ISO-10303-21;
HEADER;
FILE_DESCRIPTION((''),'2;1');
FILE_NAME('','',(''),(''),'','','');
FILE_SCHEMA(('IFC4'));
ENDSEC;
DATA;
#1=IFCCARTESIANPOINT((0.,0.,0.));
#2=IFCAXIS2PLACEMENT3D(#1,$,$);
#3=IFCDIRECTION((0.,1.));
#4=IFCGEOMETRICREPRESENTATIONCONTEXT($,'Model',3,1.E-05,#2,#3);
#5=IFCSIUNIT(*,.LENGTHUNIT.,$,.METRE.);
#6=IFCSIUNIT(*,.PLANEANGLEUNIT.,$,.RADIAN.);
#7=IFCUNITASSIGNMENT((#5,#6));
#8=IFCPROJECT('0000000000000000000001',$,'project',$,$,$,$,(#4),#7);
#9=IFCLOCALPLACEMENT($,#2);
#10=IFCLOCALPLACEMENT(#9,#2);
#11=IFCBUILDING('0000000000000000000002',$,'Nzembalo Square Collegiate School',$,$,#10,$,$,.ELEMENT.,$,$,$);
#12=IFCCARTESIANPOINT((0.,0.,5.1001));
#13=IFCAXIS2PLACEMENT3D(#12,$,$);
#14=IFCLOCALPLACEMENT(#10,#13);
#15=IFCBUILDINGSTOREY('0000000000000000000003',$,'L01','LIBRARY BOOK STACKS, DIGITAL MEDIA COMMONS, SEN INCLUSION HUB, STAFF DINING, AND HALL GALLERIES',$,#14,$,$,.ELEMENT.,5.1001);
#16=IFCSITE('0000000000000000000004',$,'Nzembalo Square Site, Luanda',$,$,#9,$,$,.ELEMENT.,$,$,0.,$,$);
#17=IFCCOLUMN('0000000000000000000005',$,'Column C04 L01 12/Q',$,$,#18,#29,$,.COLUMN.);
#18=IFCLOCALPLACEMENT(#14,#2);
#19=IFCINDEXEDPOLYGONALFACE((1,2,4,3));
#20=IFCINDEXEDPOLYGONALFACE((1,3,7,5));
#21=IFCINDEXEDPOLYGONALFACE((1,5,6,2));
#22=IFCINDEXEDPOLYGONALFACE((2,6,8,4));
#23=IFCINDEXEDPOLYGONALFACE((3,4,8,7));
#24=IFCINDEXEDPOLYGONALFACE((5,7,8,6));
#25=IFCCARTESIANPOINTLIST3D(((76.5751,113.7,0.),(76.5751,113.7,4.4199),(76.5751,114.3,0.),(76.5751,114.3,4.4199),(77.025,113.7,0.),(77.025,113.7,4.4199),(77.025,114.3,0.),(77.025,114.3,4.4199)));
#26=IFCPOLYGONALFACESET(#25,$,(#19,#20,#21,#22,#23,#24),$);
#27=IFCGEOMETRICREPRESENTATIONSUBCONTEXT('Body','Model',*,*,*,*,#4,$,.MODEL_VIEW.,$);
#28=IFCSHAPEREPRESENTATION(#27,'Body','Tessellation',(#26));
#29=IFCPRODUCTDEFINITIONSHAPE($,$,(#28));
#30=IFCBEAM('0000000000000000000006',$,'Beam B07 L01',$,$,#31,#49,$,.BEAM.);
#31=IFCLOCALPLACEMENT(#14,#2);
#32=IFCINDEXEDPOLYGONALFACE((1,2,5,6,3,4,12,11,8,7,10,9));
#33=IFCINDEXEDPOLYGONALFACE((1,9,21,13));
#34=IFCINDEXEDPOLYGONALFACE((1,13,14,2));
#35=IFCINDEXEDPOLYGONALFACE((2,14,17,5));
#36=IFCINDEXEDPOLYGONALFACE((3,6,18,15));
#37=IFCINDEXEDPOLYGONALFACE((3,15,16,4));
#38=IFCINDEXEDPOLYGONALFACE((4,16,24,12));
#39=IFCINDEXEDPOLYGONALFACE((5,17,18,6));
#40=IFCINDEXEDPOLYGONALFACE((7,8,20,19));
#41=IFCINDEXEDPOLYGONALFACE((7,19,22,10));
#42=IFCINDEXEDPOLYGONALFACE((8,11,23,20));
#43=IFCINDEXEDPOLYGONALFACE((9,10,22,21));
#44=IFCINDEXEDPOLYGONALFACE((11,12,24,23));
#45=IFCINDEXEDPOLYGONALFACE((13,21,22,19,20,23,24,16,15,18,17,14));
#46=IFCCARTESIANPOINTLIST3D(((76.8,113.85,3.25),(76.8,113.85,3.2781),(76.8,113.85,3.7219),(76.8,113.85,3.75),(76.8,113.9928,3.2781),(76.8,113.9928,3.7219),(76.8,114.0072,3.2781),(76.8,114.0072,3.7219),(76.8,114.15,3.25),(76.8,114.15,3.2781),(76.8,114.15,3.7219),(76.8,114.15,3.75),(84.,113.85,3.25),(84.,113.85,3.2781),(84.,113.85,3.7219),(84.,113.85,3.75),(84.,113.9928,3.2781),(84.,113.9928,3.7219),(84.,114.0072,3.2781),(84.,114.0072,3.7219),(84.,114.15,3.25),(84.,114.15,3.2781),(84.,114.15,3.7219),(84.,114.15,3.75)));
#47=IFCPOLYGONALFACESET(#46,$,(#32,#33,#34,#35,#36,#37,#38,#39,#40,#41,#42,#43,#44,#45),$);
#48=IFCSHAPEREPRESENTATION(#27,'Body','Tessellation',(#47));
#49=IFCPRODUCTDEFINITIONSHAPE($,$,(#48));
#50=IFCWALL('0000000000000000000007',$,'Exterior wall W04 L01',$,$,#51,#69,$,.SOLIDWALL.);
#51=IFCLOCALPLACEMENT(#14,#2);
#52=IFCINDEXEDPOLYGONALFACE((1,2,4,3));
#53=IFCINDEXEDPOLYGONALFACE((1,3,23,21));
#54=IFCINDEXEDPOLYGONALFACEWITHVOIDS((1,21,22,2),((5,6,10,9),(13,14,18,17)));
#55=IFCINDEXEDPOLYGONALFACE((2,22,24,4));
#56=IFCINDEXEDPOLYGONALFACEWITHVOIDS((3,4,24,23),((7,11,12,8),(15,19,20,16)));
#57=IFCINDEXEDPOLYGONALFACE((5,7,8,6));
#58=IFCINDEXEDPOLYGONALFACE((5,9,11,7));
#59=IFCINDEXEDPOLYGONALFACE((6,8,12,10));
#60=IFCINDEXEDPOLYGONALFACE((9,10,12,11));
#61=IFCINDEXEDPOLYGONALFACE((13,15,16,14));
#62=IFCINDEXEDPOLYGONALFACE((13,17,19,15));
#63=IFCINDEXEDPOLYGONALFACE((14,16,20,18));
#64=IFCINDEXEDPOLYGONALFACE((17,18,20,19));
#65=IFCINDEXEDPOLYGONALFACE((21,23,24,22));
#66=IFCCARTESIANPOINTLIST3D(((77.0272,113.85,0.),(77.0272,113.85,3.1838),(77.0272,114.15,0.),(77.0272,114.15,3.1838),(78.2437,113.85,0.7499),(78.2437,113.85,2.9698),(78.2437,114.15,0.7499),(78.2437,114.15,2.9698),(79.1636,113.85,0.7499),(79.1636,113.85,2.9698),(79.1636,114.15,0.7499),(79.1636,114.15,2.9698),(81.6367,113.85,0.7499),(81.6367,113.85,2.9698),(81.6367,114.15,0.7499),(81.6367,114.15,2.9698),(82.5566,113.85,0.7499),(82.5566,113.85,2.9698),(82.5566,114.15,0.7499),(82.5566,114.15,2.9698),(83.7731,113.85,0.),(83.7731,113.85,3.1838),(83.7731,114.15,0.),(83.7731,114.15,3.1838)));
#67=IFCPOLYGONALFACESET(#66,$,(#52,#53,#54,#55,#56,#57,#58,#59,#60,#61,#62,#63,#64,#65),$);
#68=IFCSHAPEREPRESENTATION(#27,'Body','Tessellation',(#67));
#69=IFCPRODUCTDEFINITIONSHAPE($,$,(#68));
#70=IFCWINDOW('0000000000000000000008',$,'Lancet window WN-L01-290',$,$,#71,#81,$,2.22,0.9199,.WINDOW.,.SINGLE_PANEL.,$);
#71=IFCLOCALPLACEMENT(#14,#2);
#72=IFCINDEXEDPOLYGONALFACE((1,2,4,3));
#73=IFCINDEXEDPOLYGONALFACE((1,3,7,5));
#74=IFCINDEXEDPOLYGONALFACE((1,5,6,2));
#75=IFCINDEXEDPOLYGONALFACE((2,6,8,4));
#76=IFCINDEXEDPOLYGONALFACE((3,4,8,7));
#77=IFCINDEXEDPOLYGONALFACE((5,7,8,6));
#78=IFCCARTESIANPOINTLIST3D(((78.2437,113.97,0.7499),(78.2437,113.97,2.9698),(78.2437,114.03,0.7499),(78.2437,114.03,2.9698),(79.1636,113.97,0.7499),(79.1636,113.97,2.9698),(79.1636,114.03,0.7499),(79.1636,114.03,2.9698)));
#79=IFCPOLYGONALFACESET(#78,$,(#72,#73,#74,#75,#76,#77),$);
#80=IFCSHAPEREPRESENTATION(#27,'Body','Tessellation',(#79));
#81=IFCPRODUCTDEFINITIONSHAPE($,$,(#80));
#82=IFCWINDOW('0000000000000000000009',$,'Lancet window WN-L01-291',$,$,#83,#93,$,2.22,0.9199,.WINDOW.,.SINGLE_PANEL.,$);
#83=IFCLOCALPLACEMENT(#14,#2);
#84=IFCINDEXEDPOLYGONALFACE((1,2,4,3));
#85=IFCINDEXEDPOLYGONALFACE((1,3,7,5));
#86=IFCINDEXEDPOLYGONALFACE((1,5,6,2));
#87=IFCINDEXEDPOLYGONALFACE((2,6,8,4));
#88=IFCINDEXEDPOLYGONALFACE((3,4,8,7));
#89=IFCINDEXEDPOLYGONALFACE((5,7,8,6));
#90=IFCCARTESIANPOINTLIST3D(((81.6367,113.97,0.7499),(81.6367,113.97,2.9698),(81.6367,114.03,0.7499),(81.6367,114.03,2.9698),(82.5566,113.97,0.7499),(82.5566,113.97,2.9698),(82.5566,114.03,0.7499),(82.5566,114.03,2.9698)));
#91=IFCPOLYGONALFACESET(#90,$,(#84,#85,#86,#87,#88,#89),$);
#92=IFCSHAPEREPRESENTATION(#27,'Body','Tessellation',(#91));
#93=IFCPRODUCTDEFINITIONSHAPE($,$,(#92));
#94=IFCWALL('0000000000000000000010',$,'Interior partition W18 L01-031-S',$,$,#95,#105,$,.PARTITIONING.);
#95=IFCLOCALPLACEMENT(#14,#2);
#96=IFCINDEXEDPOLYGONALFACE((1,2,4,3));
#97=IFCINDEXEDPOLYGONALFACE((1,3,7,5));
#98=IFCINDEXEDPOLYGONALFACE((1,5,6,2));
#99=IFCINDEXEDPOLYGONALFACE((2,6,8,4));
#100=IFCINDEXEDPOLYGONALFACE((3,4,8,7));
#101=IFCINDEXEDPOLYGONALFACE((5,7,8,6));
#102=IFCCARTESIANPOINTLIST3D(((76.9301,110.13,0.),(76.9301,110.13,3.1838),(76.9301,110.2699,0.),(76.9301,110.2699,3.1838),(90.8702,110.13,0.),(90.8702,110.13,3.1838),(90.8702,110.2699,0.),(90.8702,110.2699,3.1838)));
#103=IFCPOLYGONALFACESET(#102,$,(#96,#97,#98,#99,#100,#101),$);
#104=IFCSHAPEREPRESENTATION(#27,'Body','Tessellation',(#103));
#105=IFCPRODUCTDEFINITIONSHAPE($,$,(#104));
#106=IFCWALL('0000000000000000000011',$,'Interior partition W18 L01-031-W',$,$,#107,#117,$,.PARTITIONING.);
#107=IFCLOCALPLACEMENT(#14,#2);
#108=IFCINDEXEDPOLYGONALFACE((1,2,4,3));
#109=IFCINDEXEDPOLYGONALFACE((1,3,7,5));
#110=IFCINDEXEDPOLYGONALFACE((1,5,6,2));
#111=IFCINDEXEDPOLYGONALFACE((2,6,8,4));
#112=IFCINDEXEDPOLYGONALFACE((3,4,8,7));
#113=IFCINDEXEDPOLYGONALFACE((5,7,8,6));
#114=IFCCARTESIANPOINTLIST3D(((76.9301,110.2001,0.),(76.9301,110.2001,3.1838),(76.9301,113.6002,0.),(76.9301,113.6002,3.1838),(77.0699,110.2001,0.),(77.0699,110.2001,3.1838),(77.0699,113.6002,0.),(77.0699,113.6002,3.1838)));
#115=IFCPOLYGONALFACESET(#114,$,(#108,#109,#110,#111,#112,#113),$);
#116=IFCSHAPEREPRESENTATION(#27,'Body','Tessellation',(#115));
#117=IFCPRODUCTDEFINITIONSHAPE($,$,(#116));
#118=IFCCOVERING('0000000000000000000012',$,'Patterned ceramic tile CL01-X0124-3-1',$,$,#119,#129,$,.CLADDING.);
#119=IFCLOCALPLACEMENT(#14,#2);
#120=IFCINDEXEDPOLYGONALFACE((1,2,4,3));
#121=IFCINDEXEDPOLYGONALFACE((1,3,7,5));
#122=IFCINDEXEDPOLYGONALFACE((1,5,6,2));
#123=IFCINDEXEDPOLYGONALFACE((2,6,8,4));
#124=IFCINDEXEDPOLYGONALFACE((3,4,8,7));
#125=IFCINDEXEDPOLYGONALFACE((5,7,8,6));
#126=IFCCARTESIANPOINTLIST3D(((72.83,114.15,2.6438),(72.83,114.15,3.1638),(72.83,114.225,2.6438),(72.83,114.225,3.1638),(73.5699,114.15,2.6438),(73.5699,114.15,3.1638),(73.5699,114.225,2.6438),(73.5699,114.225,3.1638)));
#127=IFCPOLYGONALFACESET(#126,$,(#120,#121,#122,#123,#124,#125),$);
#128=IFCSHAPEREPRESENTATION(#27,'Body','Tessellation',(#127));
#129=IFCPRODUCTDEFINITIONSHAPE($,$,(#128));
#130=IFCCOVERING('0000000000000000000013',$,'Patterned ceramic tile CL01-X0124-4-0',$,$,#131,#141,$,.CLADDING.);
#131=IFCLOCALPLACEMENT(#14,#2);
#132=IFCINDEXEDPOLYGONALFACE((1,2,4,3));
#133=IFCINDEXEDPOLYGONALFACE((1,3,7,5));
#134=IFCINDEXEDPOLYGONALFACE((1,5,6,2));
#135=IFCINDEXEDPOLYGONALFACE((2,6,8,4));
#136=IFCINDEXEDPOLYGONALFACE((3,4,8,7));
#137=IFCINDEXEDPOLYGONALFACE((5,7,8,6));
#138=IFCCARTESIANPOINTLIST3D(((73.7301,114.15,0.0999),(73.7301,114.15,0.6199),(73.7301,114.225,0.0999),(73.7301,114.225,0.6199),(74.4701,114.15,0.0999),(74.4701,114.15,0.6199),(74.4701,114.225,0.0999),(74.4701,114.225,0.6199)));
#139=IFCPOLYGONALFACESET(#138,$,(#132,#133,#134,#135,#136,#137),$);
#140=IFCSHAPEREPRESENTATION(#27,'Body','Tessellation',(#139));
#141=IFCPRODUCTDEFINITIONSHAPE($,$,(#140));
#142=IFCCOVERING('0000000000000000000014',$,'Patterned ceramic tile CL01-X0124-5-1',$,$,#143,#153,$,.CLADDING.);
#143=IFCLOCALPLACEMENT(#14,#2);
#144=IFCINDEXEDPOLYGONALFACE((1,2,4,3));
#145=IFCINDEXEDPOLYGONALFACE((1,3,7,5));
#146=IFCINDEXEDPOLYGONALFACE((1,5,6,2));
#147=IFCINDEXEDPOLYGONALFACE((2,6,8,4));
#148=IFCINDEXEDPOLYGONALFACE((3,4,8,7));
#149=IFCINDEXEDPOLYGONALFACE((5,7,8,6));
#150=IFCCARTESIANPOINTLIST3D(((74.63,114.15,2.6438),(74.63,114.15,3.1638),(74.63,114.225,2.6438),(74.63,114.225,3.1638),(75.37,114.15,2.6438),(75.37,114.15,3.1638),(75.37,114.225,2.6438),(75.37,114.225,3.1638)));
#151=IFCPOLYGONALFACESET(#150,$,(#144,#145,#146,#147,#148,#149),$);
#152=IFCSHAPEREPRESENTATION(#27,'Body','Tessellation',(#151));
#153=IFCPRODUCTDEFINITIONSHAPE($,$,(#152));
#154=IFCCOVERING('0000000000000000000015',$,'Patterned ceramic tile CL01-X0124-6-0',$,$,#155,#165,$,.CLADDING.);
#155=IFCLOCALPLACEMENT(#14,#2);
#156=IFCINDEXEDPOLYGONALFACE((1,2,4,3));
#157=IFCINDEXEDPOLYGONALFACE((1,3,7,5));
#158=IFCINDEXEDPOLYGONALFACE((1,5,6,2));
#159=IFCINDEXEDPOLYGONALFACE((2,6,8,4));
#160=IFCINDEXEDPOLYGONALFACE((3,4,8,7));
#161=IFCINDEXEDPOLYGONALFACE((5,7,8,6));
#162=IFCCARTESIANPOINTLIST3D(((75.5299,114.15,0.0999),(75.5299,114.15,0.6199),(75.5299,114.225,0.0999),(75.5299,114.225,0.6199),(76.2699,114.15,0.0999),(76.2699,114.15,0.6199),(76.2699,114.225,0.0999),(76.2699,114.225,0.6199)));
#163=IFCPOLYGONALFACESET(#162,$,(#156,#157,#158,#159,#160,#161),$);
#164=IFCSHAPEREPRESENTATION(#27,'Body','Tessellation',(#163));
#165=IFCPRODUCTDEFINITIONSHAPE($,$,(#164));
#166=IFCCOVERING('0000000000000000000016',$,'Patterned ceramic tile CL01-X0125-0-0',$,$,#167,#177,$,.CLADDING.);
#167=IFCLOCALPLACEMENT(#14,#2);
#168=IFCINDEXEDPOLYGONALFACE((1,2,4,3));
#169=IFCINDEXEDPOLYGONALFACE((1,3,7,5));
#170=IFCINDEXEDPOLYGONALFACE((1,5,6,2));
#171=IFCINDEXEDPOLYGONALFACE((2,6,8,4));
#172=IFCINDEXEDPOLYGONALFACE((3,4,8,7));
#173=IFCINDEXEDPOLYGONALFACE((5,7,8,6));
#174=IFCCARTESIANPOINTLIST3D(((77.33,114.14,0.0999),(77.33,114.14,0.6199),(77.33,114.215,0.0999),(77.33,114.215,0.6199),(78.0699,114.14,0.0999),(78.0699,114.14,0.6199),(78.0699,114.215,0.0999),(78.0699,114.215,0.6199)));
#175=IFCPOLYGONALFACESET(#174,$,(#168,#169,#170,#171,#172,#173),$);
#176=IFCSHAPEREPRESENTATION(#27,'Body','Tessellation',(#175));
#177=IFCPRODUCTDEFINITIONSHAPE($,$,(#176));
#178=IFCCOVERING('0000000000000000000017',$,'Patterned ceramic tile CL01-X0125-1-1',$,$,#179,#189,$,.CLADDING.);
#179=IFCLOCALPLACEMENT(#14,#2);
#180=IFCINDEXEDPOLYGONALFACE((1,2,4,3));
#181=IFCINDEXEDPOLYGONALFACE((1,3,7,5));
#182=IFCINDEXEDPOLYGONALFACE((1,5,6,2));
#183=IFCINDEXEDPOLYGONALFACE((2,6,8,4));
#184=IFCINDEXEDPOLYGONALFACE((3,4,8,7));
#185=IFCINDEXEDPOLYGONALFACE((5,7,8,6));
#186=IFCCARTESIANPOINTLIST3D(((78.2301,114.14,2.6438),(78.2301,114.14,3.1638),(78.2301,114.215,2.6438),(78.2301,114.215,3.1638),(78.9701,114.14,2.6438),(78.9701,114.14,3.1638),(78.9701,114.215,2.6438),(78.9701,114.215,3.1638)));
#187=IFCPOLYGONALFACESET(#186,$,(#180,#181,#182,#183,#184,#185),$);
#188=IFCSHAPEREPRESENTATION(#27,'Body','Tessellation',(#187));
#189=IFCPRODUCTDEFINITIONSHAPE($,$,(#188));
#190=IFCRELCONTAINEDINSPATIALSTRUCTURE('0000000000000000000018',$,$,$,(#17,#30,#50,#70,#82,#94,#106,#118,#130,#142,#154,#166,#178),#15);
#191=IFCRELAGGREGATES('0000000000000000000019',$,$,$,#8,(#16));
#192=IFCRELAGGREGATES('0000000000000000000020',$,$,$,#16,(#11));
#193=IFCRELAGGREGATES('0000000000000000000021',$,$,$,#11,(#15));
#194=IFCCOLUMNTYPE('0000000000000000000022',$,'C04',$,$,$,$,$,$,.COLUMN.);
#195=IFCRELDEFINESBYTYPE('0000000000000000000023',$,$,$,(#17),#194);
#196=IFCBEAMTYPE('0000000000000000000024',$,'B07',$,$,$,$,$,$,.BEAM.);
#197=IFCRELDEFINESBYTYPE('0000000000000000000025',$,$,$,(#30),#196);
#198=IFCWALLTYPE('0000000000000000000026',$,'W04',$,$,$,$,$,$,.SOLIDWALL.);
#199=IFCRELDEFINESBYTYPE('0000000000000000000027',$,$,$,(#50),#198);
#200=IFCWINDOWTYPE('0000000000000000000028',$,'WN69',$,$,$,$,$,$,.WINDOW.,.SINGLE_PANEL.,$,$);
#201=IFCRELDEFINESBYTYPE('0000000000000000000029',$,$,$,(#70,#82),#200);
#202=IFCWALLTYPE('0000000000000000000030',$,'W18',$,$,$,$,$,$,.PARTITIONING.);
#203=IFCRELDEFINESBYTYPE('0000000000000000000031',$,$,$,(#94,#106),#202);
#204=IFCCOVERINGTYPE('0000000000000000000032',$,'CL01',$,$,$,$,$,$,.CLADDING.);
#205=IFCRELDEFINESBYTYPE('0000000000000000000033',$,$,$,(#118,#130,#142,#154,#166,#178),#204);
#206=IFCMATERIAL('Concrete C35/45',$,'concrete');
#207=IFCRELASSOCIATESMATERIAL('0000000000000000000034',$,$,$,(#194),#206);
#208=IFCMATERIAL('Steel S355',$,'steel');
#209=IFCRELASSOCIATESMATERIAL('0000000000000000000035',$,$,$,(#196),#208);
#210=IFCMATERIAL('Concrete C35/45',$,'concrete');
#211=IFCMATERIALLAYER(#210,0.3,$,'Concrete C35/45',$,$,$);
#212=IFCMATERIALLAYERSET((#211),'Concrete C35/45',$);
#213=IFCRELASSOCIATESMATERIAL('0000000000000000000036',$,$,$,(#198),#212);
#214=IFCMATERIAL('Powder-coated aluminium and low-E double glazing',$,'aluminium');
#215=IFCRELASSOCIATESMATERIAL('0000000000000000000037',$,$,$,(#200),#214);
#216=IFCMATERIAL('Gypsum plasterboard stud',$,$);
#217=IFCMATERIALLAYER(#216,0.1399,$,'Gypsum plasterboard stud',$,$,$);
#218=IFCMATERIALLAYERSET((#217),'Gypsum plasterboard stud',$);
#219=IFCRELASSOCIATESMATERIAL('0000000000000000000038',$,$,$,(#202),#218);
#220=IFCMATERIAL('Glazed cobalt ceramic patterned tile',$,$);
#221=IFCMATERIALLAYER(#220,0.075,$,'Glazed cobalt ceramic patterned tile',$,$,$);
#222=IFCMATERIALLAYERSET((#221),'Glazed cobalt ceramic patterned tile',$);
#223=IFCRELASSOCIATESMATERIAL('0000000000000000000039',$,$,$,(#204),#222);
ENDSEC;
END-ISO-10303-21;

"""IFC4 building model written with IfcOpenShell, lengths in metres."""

from ifc_helpers import new_model, si_unit, direction, frame, frame_2d, origin, origin_2d, place, context, subcontext, project, spatial, rectangle, i_section, extrude, material, layer, layer_set, material_profile, profile_set, type_object, element, fill, save


model = new_model("IFC4")

# Units and contexts
model_context = context("Model", 3, precision=1e-05, world=origin(), true_north=direction((0.0, 1.0)))
body_context = subcontext(model_context, "Body", "Model", "MODEL_VIEW")
ifc_project = project(units=[si_unit("LENGTHUNIT", "METRE"), si_unit("PLANEANGLEUNIT", "RADIAN")], contexts=[model_context])

# Site, building, storey
site_placement = place(None, origin())
site = spatial("IfcSite", under=ifc_project, at=site_placement, Name="Nzembalo Square Site, Luanda", CompositionType="ELEMENT", RefElevation=0.0)
building_placement = place(site_placement, origin())
building = spatial("IfcBuilding", under=site, at=building_placement, Name="Nzembalo Square Collegiate School", CompositionType="ELEMENT")
storey_placement = place(building_placement, frame((0.0, 0.0, 5.1001)))
storey = spatial("IfcBuildingStorey", under=building, at=storey_placement, Name="L01", Description="LIBRARY BOOK STACKS, DIGITAL MEDIA COMMONS, SEN INCLUSION HUB, STAFF DINING, AND HALL GALLERIES", CompositionType="ELEMENT", Elevation=5.1001)

# Column
ifc_material_1 = material(Name="Concrete C35/45", Category="concrete")
ifc_material_profile_1 = material_profile(ifc_material_1, rectangle(XDim=0.45, YDim=0.6001, at=origin_2d()), Name="RC 450x600")
ifc_profile_set_1 = profile_set([ifc_material_profile_1], Name="Concrete C35/45")
column_type = type_object("IfcColumnType", Name="C04", PredefinedType="COLUMN", material=ifc_profile_set_1)
column_placement = place(storey_placement, frame((76.8, 114.0, 0.0), z_axis=(0.0, 0.0, 1.0), x_axis=(1.0, 0.0, 0.0)))
element("IfcColumn", 1, at=column_placement, inside=storey, type_object=column_type, Name="Column C04 L01 12/Q", PredefinedType="COLUMN", context=body_context, shape_type="SweptSolid", body=[
    extrude(rectangle(XDim=0.45, YDim=0.6001, at=origin_2d()), origin(), (0.0, 0.0, 1.0), 4.4199),
])

# Beam
ifc_material_2 = material(Name="Steel S355", Category="steel")
ifc_material_profile_2 = material_profile(ifc_material_2, i_section(OverallWidth=0.3, OverallDepth=0.5, WebThickness=0.0144, FlangeThickness=0.0281, at=origin_2d()), Name="HEB 500")
ifc_profile_set_2 = profile_set([ifc_material_profile_2], Name="Steel S355")
beam_type = type_object("IfcBeamType", Name="B07", PredefinedType="BEAM", material=ifc_profile_set_2)
beam_placement = place(storey_placement, frame((76.8, 114.0, 3.5), z_axis=(1.0, 0.0, 0.0), x_axis=(0.0, 1.0, 0.0)))
element("IfcBeam", 2, at=beam_placement, inside=storey, type_object=beam_type, Name="Beam B07 L01", PredefinedType="BEAM", context=body_context, shape_type="SweptSolid", body=[
    extrude(i_section(OverallWidth=0.3, OverallDepth=0.5, WebThickness=0.0144, FlangeThickness=0.0281, at=origin_2d()), origin(), (0.0, 0.0, 1.0), 7.2),
])

# Wall, openings, windows
ifc_material_3 = material(Name="Concrete C35/45", Category="concrete")
ifc_layer_1 = layer(ifc_material_3, 0.3, Name="Concrete C35/45")
ifc_layer_set_1 = layer_set([ifc_layer_1], Name="Concrete C35/45")
wall_type_1 = type_object("IfcWallType", Name="W04", PredefinedType="SOLIDWALL", material=ifc_layer_set_1)
wall_1_placement = place(storey_placement, frame((77.0271, 114.0, 0.0), z_axis=(0.0, 0.0, 1.0), x_axis=(1.0, 0.0, 0.0)))
wall_1 = element("IfcWall", 3, at=wall_1_placement, inside=storey, type_object=wall_type_1, Name="Exterior wall W04 L01", PredefinedType="SOLIDWALL", context=body_context, shape_type="SweptSolid", body=[
    extrude(rectangle(XDim=6.7458, YDim=0.3, at=frame_2d((3.373, 0.0))), origin(), (0.0, 0.0, 1.0), 3.1838),
])
opening_1_placement = place(wall_1_placement, frame((1.2166, 0.0, 0.75)))
opening_1 = element("IfcOpeningElement", 4, at=opening_1_placement, cuts=wall_1, PredefinedType="OPENING", context=body_context, shape_type="SweptSolid", body=[
    extrude(rectangle(XDim=0.9199, YDim=2.22, at=frame_2d((0.46, 1.1099))), frame((0.0, 0.1602, 0.0), z_axis=(0.0, -1.0, 0.0), x_axis=(1.0, 0.0, 0.0)), (0.0, 0.0, 1.0), 0.3201),
])
opening_2_placement = place(wall_1_placement, frame((4.6096, 0.0, 0.75)))
opening_2 = element("IfcOpeningElement", 5, at=opening_2_placement, cuts=wall_1, PredefinedType="OPENING", context=body_context, shape_type="SweptSolid", body=[
    extrude(rectangle(XDim=0.9199, YDim=2.22, at=frame_2d((0.46, 1.1099))), frame((0.0, 0.1602, 0.0), z_axis=(0.0, -1.0, 0.0), x_axis=(1.0, 0.0, 0.0)), (0.0, 0.0, 1.0), 0.3201),
])
ifc_material_4 = material(Name="Powder-coated aluminium and low-E double glazing", Category="aluminium")
window_type = type_object("IfcWindowType", Name="WN69", PartitioningType="SINGLE_PANEL", PredefinedType="WINDOW", material=ifc_material_4)
window_1_placement = place(opening_1_placement, origin())
window_1 = element("IfcWindow", 6, at=window_1_placement, inside=storey, type_object=window_type, Name="Lancet window WN-L01-290", OverallHeight=2.22, OverallWidth=0.9199, PartitioningType="SINGLE_PANEL", PredefinedType="WINDOW", context=body_context, shape_type="SweptSolid", body=[
    extrude(rectangle(XDim=0.9199, YDim=2.22, at=frame_2d((0.46, 1.1099))), frame((0.0, 0.03, 0.0), z_axis=(0.0, -1.0, 0.0), x_axis=(1.0, 0.0, 0.0)), (0.0, 0.0, 1.0), 0.0601),
])
fill(opening_1, window_1)
window_2_placement = place(opening_2_placement, origin())
window_2 = element("IfcWindow", 7, at=window_2_placement, inside=storey, type_object=window_type, Name="Lancet window WN-L01-291", OverallHeight=2.22, OverallWidth=0.9199, PartitioningType="SINGLE_PANEL", PredefinedType="WINDOW", context=body_context, shape_type="SweptSolid", body=[
    extrude(rectangle(XDim=0.9199, YDim=2.22, at=frame_2d((0.46, 1.1099))), frame((0.0, 0.03, 0.0), z_axis=(0.0, -1.0, 0.0), x_axis=(1.0, 0.0, 0.0)), (0.0, 0.0, 1.0), 0.0601),
])
fill(opening_2, window_2)

# Walls
ifc_material_5 = material(Name="Gypsum plasterboard stud")
ifc_layer_2 = layer(ifc_material_5, 0.1399, Name="Gypsum plasterboard stud")
ifc_layer_set_2 = layer_set([ifc_layer_2], Name="Gypsum plasterboard stud")
wall_type_2 = type_object("IfcWallType", Name="W18", PredefinedType="PARTITIONING", material=ifc_layer_set_2)
wall_2_placement = place(storey_placement, frame((76.9299, 110.2, 0.0), z_axis=(0.0, 0.0, 1.0), x_axis=(1.0, 0.0, 0.0)))
element("IfcWall", 8, at=wall_2_placement, inside=storey, type_object=wall_type_2, Name="Interior partition W18 L01-031-S", PredefinedType="PARTITIONING", context=body_context, shape_type="SweptSolid", body=[
    extrude(rectangle(XDim=13.9402, YDim=0.1399, at=frame_2d((6.9702, 0.0))), origin(), (0.0, 0.0, 1.0), 3.1838),
])
wall_3_placement = place(storey_placement, frame((77.0, 110.2, 0.0), z_axis=(0.0, 0.0, 1.0), x_axis=(0.0, 1.0, 0.0)))
element("IfcWall", 9, at=wall_3_placement, inside=storey, type_object=wall_type_2, Name="Interior partition W18 L01-031-W", PredefinedType="PARTITIONING", context=body_context, shape_type="SweptSolid", body=[
    extrude(rectangle(XDim=3.4001, YDim=0.1399, at=frame_2d((1.7002, 0.0))), origin(), (0.0, 0.0, 1.0), 3.1838),
])

# Coverings
ifc_material_6 = material(Name="Glazed cobalt ceramic patterned tile")
ifc_layer_3 = layer(ifc_material_6, 0.075, Name="Glazed cobalt ceramic patterned tile")
ifc_layer_set_3 = layer_set([ifc_layer_3], Name="Glazed cobalt ceramic patterned tile")
covering_type_1 = type_object("IfcCoveringType", Name="CL01", PredefinedType="CLADDING", material=ifc_layer_set_3)
for number, where, z_axis, x_axis, name in (
    (10, (73.2, 114.1875, 2.6438), (0.0, 0.0, 1.0), (1.0, 0.0, 0.0), "Patterned ceramic tile CL01-X0124-3-1"),
    (11, (74.1001, 114.1875, 0.0999), (0.0, 0.0, 1.0), (1.0, 0.0, 0.0), "Patterned ceramic tile CL01-X0124-4-0"),
    (12, (75.0, 114.1875, 2.6438), (0.0, 0.0, 1.0), (1.0, 0.0, 0.0), "Patterned ceramic tile CL01-X0124-5-1"),
    (13, (75.8999, 114.1875, 0.0999), (0.0, 0.0, 1.0), (1.0, 0.0, 0.0), "Patterned ceramic tile CL01-X0124-6-0"),
    (14, (77.7, 114.1775, 0.0999), (0.0, 0.0, 1.0), (1.0, 0.0, 0.0), "Patterned ceramic tile CL01-X0125-0-0"),
    (15, (78.6001, 114.1775, 2.6438), (0.0, 0.0, 1.0), (1.0, 0.0, 0.0), "Patterned ceramic tile CL01-X0125-1-1"),
):
    element("IfcCovering", number, at=place(storey_placement, frame(where, z_axis=z_axis, x_axis=x_axis)), inside=storey, type_object=covering_type_1, Name=name, PredefinedType="CLADDING", context=body_context, shape_type="SweptSolid", body=[
        extrude(rectangle(XDim=0.74, YDim=0.075, at=origin_2d()), origin(), (0.0, 0.0, 1.0), 0.52),
    ])

save(model, "model.ifc")
